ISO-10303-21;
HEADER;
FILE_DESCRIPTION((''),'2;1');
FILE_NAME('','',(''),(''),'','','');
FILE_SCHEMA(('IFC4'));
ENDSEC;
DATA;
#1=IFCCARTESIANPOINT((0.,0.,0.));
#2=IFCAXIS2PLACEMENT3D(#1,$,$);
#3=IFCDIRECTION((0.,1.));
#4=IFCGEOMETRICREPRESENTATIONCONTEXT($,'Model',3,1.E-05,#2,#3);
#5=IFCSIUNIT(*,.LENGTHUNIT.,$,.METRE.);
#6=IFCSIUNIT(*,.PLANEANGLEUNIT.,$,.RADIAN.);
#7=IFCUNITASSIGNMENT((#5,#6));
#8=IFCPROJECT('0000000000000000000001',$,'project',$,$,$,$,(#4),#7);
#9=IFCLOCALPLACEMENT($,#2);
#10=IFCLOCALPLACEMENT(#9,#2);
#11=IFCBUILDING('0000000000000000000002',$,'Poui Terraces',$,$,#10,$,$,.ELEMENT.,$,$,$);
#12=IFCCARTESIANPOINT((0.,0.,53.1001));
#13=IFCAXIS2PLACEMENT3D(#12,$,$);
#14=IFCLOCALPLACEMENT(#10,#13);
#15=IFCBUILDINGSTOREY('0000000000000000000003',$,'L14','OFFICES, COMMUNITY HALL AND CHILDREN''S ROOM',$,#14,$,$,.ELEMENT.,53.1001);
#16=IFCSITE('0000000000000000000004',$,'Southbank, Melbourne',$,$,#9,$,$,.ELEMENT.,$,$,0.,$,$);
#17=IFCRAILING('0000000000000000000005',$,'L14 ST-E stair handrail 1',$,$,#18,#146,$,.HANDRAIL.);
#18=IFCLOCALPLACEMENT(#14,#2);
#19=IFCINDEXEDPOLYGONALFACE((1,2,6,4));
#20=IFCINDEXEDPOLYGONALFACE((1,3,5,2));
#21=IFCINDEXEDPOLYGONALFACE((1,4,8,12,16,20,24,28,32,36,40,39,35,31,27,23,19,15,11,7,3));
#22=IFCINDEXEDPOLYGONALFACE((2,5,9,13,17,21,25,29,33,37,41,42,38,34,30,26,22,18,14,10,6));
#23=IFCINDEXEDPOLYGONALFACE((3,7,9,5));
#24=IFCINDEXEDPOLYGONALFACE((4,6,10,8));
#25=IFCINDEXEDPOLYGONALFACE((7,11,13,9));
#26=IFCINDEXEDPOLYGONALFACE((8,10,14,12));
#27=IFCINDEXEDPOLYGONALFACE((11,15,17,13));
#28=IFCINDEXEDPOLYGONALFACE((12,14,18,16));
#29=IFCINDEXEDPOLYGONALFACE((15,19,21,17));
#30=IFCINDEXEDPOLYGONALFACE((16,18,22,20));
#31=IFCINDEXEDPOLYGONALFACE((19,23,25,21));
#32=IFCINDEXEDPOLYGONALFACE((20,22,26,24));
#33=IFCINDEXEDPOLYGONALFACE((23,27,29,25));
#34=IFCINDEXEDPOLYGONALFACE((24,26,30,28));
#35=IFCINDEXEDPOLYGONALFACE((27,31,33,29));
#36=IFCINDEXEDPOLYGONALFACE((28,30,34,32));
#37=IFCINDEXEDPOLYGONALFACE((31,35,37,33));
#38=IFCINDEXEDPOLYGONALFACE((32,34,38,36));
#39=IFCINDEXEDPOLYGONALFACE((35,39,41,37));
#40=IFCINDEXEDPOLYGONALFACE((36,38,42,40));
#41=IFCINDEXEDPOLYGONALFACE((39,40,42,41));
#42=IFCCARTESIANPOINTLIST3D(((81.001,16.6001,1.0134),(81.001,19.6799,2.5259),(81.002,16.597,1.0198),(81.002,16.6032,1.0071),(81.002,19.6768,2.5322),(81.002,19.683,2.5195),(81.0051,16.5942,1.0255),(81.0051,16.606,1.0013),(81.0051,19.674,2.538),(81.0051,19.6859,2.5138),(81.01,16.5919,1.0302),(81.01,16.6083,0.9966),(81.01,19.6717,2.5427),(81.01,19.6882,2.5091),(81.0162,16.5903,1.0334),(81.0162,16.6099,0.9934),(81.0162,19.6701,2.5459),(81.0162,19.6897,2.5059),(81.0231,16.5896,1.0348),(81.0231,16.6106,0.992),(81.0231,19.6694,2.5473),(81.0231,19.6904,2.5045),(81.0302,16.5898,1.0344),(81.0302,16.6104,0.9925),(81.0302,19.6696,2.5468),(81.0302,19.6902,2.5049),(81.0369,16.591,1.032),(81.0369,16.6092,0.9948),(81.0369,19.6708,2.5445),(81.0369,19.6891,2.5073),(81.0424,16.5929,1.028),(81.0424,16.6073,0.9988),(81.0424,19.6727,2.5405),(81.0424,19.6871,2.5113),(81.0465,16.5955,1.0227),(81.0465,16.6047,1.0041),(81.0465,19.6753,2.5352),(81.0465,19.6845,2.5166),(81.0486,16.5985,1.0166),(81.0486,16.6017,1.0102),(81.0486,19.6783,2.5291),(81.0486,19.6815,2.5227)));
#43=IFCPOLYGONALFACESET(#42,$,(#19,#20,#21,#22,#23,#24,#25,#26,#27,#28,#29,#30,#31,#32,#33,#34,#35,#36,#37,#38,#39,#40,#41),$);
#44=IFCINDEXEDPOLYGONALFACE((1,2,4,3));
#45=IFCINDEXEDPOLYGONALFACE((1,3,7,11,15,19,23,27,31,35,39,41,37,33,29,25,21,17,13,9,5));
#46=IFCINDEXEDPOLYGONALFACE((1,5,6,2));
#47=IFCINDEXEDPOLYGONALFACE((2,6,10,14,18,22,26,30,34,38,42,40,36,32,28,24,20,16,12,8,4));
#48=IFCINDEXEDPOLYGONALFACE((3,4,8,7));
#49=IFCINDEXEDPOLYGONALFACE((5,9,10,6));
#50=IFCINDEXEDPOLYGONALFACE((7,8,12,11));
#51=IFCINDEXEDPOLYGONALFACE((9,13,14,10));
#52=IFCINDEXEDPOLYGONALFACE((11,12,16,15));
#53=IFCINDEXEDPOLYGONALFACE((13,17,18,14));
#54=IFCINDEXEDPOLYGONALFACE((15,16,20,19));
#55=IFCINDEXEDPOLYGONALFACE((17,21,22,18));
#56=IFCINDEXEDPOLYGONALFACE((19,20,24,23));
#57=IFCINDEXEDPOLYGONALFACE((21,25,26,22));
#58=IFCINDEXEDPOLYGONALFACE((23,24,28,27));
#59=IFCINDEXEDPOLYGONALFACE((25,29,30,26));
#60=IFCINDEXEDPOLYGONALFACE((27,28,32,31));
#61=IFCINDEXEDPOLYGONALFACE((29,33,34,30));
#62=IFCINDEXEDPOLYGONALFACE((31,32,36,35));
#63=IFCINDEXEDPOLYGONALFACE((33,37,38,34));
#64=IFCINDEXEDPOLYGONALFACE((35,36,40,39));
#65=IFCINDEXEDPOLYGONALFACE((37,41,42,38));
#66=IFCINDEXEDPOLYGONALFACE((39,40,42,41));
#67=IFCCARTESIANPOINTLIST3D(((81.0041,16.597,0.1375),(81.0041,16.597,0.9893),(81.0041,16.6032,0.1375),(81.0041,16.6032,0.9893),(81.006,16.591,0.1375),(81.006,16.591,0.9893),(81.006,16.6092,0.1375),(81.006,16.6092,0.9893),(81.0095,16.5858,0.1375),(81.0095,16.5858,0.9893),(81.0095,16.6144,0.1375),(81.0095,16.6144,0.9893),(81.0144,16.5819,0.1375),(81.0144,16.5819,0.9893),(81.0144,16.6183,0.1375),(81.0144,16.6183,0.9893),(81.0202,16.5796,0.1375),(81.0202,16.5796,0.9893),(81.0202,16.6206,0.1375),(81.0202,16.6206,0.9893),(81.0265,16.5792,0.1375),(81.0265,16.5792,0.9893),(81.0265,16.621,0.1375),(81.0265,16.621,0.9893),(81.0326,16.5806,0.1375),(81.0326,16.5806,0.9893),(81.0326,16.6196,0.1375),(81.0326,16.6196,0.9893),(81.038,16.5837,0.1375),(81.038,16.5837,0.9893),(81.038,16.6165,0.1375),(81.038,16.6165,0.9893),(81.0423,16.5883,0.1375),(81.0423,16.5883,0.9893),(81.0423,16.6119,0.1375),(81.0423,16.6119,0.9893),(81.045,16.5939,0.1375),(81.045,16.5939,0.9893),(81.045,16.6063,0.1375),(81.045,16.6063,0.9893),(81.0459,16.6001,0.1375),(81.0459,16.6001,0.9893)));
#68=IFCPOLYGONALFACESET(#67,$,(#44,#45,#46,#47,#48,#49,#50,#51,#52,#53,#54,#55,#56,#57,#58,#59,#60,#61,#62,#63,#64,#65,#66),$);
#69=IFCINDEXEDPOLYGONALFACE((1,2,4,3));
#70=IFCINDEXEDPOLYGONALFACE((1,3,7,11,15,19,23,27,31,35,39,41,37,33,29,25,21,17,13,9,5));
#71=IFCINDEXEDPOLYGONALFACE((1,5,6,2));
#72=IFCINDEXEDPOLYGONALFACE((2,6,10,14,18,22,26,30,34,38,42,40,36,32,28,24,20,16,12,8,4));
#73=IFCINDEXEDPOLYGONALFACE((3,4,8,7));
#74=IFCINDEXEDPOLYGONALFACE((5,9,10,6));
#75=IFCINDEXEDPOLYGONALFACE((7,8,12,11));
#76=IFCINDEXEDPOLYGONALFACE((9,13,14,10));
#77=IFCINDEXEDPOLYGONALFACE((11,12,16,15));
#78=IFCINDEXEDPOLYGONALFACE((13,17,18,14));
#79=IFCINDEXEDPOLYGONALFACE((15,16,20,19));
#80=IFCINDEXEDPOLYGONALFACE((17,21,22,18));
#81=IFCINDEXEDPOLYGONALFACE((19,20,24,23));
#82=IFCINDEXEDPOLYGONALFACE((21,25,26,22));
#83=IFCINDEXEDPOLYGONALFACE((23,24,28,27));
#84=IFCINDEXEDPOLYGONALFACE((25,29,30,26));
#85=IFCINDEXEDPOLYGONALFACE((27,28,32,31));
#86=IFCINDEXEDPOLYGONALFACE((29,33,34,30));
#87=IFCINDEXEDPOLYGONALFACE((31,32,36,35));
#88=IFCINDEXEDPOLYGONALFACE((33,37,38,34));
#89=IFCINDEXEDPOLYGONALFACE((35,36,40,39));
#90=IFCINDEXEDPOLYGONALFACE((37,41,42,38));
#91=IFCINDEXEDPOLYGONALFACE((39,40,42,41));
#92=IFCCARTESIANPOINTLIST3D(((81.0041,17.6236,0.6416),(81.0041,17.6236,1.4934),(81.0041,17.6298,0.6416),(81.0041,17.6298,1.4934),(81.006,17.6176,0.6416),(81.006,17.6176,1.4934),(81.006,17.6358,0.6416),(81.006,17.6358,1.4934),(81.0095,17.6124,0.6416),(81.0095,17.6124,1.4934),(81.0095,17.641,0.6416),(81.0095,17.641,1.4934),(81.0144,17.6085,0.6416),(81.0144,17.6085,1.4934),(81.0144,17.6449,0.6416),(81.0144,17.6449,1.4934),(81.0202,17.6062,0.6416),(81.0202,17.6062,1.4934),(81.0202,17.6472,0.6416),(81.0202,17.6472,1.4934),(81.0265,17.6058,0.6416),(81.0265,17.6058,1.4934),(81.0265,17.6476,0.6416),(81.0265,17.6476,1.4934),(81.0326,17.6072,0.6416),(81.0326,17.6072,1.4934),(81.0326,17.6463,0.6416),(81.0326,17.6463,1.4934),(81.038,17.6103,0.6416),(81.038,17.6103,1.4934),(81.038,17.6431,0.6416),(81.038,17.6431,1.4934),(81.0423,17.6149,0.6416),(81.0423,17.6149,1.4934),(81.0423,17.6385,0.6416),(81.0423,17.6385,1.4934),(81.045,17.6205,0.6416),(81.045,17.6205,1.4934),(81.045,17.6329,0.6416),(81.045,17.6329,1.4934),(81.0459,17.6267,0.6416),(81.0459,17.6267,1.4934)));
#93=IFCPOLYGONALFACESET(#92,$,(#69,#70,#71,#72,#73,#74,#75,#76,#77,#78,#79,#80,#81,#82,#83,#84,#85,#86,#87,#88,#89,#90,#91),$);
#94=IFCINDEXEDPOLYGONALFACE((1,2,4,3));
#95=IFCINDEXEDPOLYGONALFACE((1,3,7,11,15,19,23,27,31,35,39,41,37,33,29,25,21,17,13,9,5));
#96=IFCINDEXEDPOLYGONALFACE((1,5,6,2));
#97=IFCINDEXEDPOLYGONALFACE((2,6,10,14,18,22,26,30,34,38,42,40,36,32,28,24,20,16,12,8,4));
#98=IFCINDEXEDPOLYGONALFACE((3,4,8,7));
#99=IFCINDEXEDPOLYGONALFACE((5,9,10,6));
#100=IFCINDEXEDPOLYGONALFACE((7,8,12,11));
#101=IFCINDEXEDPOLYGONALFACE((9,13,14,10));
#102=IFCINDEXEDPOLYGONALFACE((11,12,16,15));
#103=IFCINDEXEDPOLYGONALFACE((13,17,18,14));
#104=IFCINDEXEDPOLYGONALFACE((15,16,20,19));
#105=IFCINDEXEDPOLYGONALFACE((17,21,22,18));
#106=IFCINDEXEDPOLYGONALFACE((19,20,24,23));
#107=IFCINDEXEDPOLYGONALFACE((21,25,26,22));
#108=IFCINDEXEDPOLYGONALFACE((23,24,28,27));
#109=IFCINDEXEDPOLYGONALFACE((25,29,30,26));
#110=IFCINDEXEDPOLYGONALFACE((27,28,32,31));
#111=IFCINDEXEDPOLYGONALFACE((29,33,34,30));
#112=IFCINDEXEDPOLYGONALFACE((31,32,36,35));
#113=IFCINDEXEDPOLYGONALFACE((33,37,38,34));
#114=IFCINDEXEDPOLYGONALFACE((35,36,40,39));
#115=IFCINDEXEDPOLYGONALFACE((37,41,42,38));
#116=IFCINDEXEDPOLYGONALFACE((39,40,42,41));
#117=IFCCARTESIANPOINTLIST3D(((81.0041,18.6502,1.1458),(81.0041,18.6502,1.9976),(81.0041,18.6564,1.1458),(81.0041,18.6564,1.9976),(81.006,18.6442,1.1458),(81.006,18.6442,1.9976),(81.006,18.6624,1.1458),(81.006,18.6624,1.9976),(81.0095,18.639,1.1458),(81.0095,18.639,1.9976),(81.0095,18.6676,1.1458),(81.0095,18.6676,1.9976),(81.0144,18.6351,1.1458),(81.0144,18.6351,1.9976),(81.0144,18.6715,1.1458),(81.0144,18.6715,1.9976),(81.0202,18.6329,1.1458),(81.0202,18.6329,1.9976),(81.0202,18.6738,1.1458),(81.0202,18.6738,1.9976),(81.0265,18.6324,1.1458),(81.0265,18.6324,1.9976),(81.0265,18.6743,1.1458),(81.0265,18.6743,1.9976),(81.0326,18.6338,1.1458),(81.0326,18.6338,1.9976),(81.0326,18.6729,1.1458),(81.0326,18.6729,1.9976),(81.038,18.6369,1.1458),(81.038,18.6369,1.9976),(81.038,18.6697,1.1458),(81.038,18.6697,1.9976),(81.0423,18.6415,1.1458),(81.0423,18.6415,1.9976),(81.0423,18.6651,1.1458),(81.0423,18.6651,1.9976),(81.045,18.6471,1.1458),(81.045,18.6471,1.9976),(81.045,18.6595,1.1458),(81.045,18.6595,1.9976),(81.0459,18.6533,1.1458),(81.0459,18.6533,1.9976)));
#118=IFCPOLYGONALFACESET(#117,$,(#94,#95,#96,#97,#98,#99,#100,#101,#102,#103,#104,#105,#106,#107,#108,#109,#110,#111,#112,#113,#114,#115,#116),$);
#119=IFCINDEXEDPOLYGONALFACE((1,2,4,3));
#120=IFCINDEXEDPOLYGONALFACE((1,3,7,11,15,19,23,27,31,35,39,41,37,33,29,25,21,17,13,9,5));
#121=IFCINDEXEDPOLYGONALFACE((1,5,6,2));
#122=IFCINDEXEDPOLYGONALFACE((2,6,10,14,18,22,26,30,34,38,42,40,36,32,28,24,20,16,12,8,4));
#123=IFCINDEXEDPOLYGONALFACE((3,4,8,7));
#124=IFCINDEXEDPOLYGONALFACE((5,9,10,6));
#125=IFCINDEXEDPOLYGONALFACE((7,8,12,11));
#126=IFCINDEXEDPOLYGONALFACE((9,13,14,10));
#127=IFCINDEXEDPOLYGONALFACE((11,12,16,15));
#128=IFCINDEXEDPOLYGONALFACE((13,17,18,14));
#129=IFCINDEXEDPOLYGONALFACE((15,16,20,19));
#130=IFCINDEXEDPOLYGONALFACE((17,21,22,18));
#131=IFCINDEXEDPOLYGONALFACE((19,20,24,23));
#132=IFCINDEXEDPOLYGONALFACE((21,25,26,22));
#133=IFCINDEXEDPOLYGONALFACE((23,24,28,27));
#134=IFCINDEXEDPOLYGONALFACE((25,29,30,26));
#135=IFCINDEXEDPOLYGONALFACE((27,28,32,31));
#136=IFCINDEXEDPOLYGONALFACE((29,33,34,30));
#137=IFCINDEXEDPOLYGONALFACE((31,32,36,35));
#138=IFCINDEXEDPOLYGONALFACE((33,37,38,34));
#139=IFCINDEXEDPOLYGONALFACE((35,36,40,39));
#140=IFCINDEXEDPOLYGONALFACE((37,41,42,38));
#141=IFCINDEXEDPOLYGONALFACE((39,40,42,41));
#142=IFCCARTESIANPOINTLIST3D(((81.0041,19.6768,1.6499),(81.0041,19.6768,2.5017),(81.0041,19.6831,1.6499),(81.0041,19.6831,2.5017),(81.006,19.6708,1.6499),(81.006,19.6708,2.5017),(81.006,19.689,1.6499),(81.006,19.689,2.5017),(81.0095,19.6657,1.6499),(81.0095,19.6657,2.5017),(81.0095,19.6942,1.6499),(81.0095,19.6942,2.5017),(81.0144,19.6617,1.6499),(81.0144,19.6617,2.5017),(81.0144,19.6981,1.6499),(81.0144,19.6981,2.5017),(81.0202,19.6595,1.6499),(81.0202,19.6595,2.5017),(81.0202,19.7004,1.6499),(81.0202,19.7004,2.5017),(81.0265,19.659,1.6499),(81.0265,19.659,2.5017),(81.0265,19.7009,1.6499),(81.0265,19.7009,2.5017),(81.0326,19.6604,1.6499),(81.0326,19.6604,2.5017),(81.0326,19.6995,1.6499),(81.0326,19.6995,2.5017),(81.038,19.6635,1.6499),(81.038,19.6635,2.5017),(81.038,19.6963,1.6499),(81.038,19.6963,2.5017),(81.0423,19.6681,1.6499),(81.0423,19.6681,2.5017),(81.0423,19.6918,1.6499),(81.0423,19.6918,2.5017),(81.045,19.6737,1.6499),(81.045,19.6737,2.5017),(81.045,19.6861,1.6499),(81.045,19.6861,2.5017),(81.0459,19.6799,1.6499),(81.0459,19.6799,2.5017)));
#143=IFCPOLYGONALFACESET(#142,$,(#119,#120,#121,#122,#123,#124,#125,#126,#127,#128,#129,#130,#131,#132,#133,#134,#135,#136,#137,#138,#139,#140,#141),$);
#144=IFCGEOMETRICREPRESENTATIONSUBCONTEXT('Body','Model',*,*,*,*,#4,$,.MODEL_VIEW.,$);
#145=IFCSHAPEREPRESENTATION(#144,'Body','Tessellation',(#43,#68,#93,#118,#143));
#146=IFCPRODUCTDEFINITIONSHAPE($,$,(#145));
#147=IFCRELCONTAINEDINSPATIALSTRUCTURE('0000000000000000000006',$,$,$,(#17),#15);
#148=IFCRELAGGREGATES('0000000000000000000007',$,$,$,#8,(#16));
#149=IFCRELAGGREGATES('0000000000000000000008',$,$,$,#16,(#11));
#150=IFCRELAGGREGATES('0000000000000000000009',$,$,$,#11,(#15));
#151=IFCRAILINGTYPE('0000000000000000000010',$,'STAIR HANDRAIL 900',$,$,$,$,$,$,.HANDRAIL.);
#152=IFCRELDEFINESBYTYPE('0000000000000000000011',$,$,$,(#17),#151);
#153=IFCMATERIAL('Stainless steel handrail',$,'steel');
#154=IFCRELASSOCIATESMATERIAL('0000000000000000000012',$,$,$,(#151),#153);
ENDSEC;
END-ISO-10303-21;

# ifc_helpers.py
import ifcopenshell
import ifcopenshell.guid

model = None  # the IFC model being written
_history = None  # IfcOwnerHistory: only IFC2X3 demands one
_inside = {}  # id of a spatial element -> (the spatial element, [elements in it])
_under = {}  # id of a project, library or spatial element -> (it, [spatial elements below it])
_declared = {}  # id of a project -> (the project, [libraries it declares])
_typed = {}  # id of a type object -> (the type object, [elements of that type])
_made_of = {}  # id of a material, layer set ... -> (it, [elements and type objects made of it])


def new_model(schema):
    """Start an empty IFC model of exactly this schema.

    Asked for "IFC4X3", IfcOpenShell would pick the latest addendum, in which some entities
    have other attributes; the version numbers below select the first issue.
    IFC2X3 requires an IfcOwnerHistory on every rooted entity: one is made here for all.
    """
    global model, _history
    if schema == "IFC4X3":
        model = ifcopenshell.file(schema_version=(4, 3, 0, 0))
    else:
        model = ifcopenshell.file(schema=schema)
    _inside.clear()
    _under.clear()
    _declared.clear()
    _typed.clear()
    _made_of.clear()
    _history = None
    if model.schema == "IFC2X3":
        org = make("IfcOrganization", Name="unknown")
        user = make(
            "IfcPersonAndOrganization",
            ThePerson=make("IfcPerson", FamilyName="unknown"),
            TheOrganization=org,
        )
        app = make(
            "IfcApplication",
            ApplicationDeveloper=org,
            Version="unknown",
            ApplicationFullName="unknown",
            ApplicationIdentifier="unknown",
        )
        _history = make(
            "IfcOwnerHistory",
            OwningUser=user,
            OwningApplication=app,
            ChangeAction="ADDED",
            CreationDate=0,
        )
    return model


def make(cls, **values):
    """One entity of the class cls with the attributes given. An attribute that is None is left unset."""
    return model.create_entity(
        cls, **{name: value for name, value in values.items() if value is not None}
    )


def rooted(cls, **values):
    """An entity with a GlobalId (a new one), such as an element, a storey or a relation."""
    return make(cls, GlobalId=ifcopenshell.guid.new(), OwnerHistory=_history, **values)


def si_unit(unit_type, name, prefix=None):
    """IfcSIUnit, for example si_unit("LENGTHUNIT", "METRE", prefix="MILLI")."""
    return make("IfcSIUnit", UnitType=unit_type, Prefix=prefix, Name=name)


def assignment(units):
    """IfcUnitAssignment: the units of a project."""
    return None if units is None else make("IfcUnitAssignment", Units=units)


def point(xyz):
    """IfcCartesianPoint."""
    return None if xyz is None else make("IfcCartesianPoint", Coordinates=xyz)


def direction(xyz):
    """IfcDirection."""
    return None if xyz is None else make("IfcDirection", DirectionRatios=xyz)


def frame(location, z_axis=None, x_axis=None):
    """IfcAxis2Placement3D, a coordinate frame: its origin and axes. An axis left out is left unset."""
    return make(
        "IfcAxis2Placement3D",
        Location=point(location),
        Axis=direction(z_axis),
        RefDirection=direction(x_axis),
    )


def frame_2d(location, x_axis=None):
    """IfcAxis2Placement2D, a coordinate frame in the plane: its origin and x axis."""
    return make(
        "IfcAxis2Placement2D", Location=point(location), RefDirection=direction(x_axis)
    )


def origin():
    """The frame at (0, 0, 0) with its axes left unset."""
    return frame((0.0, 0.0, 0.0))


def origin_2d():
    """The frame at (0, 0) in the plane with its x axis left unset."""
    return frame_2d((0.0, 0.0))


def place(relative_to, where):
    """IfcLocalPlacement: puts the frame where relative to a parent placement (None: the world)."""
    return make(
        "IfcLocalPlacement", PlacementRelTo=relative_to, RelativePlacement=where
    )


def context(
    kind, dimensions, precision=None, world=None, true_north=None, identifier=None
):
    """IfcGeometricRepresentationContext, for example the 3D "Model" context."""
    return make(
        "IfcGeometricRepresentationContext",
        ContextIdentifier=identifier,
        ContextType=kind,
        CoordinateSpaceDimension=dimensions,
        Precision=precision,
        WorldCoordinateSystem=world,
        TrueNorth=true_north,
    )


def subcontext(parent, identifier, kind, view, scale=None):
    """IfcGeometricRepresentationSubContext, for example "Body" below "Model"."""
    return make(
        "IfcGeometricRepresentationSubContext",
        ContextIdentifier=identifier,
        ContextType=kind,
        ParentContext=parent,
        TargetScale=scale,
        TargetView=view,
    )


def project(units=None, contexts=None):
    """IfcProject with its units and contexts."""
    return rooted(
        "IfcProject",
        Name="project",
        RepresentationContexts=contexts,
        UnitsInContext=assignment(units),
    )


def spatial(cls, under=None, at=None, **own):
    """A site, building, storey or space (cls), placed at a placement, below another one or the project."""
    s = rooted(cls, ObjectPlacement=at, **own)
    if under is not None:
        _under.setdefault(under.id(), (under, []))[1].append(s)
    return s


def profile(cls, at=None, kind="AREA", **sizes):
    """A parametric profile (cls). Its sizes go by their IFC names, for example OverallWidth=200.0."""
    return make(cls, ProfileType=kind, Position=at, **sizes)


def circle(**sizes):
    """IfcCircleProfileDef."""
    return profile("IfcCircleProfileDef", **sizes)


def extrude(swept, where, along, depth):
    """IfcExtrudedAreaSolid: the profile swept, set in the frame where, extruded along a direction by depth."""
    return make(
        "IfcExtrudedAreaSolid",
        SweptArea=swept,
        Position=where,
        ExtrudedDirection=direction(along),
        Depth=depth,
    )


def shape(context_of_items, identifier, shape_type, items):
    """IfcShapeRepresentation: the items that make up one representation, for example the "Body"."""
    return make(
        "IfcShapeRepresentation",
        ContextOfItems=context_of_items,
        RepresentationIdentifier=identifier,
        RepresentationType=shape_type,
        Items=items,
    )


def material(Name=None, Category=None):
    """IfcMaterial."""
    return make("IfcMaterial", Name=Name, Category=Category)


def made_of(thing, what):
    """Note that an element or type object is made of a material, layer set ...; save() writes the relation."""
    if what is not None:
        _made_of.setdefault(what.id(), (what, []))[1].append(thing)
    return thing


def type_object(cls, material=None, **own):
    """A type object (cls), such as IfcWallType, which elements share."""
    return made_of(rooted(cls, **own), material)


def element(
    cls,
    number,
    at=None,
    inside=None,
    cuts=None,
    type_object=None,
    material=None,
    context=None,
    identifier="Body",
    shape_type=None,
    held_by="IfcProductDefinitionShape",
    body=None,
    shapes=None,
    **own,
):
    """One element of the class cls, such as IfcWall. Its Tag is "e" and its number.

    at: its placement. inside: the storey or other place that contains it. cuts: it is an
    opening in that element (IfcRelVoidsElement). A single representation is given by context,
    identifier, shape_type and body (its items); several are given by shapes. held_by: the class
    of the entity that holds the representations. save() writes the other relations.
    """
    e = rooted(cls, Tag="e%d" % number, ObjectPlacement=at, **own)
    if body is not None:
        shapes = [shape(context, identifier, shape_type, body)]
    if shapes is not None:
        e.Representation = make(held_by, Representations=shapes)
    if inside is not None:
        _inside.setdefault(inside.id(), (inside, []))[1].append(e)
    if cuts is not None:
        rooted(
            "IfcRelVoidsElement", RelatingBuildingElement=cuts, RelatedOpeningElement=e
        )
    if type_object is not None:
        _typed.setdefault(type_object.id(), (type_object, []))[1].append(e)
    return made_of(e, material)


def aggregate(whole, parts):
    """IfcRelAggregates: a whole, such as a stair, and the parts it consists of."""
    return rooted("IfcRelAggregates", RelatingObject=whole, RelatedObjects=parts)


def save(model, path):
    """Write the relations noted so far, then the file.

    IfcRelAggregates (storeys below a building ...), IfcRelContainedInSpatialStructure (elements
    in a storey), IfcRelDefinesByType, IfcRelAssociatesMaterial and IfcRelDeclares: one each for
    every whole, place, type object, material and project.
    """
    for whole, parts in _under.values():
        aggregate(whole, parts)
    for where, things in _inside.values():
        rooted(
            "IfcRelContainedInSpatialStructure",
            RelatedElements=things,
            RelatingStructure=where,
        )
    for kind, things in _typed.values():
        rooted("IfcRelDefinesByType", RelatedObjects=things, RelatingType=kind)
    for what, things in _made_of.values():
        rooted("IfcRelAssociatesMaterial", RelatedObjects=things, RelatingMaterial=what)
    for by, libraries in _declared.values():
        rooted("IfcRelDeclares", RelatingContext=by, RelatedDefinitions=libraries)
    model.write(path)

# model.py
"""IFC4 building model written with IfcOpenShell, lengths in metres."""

from ifc_helpers import new_model, si_unit, direction, frame, origin, origin_2d, place, context, subcontext, project, spatial, circle, extrude, material, type_object, element, save


model = new_model("IFC4")

# Units and contexts
model_context = context("Model", 3, precision=1e-05, world=origin(), true_north=direction((0.0, 1.0)))
body_context = subcontext(model_context, "Body", "Model", "MODEL_VIEW")
ifc_project = project(units=[si_unit("LENGTHUNIT", "METRE"), si_unit("PLANEANGLEUNIT", "RADIAN")], contexts=[model_context])

# Site, building, storey
site_placement = place(None, origin())
site = spatial("IfcSite", under=ifc_project, at=site_placement, Name="Southbank, Melbourne", CompositionType="ELEMENT", RefElevation=0.0)
building_placement = place(site_placement, origin())
building = spatial("IfcBuilding", under=site, at=building_placement, Name="Poui Terraces", CompositionType="ELEMENT")
storey_placement = place(building_placement, frame((0.0, 0.0, 53.1001)))
storey = spatial("IfcBuildingStorey", under=building, at=storey_placement, Name="L14", Description="OFFICES, COMMUNITY HALL AND CHILDREN'S ROOM", CompositionType="ELEMENT", Elevation=53.1001)

# Railing
ifc_material_1 = material(Name="Stainless steel handrail", Category="steel")
railing_type_1 = type_object("IfcRailingType", Name="STAIR HANDRAIL 900", PredefinedType="HANDRAIL", material=ifc_material_1)
railing_1_placement = place(storey_placement, frame((81.0249, 16.6001, 0.1375)))
element("IfcRailing", 1, at=railing_1_placement, inside=storey, type_object=railing_type_1, Name="L14 ST-E stair handrail 1", PredefinedType="HANDRAIL", context=body_context, shape_type="SweptSolid", body=[
    extrude(circle(Radius=0.0239, at=origin_2d()), frame((0.0, 0.0, 0.876), z_axis=(0.0, 0.897606, 0.440798), x_axis=(-1.0, 0.0, 0.0)), (0.0, 0.0, 1.0), 3.4312),
    extrude(circle(Radius=0.021, at=origin_2d()), origin(), (0.0, 0.0, 1.0), 0.8518),
    extrude(circle(Radius=0.021, at=origin_2d()), frame((0.0, 1.0266, 0.5042)), (0.0, 0.0, 1.0), 0.8518),
    extrude(circle(Radius=0.021, at=origin_2d()), frame((0.0, 2.0532, 1.0083)), (0.0, 0.0, 1.0), 0.8518),
    extrude(circle(Radius=0.021, at=origin_2d()), frame((0.0, 3.0798, 1.5125)), (0.0, 0.0, 1.0), 0.8518),
])

save(model, "model.ifc")
